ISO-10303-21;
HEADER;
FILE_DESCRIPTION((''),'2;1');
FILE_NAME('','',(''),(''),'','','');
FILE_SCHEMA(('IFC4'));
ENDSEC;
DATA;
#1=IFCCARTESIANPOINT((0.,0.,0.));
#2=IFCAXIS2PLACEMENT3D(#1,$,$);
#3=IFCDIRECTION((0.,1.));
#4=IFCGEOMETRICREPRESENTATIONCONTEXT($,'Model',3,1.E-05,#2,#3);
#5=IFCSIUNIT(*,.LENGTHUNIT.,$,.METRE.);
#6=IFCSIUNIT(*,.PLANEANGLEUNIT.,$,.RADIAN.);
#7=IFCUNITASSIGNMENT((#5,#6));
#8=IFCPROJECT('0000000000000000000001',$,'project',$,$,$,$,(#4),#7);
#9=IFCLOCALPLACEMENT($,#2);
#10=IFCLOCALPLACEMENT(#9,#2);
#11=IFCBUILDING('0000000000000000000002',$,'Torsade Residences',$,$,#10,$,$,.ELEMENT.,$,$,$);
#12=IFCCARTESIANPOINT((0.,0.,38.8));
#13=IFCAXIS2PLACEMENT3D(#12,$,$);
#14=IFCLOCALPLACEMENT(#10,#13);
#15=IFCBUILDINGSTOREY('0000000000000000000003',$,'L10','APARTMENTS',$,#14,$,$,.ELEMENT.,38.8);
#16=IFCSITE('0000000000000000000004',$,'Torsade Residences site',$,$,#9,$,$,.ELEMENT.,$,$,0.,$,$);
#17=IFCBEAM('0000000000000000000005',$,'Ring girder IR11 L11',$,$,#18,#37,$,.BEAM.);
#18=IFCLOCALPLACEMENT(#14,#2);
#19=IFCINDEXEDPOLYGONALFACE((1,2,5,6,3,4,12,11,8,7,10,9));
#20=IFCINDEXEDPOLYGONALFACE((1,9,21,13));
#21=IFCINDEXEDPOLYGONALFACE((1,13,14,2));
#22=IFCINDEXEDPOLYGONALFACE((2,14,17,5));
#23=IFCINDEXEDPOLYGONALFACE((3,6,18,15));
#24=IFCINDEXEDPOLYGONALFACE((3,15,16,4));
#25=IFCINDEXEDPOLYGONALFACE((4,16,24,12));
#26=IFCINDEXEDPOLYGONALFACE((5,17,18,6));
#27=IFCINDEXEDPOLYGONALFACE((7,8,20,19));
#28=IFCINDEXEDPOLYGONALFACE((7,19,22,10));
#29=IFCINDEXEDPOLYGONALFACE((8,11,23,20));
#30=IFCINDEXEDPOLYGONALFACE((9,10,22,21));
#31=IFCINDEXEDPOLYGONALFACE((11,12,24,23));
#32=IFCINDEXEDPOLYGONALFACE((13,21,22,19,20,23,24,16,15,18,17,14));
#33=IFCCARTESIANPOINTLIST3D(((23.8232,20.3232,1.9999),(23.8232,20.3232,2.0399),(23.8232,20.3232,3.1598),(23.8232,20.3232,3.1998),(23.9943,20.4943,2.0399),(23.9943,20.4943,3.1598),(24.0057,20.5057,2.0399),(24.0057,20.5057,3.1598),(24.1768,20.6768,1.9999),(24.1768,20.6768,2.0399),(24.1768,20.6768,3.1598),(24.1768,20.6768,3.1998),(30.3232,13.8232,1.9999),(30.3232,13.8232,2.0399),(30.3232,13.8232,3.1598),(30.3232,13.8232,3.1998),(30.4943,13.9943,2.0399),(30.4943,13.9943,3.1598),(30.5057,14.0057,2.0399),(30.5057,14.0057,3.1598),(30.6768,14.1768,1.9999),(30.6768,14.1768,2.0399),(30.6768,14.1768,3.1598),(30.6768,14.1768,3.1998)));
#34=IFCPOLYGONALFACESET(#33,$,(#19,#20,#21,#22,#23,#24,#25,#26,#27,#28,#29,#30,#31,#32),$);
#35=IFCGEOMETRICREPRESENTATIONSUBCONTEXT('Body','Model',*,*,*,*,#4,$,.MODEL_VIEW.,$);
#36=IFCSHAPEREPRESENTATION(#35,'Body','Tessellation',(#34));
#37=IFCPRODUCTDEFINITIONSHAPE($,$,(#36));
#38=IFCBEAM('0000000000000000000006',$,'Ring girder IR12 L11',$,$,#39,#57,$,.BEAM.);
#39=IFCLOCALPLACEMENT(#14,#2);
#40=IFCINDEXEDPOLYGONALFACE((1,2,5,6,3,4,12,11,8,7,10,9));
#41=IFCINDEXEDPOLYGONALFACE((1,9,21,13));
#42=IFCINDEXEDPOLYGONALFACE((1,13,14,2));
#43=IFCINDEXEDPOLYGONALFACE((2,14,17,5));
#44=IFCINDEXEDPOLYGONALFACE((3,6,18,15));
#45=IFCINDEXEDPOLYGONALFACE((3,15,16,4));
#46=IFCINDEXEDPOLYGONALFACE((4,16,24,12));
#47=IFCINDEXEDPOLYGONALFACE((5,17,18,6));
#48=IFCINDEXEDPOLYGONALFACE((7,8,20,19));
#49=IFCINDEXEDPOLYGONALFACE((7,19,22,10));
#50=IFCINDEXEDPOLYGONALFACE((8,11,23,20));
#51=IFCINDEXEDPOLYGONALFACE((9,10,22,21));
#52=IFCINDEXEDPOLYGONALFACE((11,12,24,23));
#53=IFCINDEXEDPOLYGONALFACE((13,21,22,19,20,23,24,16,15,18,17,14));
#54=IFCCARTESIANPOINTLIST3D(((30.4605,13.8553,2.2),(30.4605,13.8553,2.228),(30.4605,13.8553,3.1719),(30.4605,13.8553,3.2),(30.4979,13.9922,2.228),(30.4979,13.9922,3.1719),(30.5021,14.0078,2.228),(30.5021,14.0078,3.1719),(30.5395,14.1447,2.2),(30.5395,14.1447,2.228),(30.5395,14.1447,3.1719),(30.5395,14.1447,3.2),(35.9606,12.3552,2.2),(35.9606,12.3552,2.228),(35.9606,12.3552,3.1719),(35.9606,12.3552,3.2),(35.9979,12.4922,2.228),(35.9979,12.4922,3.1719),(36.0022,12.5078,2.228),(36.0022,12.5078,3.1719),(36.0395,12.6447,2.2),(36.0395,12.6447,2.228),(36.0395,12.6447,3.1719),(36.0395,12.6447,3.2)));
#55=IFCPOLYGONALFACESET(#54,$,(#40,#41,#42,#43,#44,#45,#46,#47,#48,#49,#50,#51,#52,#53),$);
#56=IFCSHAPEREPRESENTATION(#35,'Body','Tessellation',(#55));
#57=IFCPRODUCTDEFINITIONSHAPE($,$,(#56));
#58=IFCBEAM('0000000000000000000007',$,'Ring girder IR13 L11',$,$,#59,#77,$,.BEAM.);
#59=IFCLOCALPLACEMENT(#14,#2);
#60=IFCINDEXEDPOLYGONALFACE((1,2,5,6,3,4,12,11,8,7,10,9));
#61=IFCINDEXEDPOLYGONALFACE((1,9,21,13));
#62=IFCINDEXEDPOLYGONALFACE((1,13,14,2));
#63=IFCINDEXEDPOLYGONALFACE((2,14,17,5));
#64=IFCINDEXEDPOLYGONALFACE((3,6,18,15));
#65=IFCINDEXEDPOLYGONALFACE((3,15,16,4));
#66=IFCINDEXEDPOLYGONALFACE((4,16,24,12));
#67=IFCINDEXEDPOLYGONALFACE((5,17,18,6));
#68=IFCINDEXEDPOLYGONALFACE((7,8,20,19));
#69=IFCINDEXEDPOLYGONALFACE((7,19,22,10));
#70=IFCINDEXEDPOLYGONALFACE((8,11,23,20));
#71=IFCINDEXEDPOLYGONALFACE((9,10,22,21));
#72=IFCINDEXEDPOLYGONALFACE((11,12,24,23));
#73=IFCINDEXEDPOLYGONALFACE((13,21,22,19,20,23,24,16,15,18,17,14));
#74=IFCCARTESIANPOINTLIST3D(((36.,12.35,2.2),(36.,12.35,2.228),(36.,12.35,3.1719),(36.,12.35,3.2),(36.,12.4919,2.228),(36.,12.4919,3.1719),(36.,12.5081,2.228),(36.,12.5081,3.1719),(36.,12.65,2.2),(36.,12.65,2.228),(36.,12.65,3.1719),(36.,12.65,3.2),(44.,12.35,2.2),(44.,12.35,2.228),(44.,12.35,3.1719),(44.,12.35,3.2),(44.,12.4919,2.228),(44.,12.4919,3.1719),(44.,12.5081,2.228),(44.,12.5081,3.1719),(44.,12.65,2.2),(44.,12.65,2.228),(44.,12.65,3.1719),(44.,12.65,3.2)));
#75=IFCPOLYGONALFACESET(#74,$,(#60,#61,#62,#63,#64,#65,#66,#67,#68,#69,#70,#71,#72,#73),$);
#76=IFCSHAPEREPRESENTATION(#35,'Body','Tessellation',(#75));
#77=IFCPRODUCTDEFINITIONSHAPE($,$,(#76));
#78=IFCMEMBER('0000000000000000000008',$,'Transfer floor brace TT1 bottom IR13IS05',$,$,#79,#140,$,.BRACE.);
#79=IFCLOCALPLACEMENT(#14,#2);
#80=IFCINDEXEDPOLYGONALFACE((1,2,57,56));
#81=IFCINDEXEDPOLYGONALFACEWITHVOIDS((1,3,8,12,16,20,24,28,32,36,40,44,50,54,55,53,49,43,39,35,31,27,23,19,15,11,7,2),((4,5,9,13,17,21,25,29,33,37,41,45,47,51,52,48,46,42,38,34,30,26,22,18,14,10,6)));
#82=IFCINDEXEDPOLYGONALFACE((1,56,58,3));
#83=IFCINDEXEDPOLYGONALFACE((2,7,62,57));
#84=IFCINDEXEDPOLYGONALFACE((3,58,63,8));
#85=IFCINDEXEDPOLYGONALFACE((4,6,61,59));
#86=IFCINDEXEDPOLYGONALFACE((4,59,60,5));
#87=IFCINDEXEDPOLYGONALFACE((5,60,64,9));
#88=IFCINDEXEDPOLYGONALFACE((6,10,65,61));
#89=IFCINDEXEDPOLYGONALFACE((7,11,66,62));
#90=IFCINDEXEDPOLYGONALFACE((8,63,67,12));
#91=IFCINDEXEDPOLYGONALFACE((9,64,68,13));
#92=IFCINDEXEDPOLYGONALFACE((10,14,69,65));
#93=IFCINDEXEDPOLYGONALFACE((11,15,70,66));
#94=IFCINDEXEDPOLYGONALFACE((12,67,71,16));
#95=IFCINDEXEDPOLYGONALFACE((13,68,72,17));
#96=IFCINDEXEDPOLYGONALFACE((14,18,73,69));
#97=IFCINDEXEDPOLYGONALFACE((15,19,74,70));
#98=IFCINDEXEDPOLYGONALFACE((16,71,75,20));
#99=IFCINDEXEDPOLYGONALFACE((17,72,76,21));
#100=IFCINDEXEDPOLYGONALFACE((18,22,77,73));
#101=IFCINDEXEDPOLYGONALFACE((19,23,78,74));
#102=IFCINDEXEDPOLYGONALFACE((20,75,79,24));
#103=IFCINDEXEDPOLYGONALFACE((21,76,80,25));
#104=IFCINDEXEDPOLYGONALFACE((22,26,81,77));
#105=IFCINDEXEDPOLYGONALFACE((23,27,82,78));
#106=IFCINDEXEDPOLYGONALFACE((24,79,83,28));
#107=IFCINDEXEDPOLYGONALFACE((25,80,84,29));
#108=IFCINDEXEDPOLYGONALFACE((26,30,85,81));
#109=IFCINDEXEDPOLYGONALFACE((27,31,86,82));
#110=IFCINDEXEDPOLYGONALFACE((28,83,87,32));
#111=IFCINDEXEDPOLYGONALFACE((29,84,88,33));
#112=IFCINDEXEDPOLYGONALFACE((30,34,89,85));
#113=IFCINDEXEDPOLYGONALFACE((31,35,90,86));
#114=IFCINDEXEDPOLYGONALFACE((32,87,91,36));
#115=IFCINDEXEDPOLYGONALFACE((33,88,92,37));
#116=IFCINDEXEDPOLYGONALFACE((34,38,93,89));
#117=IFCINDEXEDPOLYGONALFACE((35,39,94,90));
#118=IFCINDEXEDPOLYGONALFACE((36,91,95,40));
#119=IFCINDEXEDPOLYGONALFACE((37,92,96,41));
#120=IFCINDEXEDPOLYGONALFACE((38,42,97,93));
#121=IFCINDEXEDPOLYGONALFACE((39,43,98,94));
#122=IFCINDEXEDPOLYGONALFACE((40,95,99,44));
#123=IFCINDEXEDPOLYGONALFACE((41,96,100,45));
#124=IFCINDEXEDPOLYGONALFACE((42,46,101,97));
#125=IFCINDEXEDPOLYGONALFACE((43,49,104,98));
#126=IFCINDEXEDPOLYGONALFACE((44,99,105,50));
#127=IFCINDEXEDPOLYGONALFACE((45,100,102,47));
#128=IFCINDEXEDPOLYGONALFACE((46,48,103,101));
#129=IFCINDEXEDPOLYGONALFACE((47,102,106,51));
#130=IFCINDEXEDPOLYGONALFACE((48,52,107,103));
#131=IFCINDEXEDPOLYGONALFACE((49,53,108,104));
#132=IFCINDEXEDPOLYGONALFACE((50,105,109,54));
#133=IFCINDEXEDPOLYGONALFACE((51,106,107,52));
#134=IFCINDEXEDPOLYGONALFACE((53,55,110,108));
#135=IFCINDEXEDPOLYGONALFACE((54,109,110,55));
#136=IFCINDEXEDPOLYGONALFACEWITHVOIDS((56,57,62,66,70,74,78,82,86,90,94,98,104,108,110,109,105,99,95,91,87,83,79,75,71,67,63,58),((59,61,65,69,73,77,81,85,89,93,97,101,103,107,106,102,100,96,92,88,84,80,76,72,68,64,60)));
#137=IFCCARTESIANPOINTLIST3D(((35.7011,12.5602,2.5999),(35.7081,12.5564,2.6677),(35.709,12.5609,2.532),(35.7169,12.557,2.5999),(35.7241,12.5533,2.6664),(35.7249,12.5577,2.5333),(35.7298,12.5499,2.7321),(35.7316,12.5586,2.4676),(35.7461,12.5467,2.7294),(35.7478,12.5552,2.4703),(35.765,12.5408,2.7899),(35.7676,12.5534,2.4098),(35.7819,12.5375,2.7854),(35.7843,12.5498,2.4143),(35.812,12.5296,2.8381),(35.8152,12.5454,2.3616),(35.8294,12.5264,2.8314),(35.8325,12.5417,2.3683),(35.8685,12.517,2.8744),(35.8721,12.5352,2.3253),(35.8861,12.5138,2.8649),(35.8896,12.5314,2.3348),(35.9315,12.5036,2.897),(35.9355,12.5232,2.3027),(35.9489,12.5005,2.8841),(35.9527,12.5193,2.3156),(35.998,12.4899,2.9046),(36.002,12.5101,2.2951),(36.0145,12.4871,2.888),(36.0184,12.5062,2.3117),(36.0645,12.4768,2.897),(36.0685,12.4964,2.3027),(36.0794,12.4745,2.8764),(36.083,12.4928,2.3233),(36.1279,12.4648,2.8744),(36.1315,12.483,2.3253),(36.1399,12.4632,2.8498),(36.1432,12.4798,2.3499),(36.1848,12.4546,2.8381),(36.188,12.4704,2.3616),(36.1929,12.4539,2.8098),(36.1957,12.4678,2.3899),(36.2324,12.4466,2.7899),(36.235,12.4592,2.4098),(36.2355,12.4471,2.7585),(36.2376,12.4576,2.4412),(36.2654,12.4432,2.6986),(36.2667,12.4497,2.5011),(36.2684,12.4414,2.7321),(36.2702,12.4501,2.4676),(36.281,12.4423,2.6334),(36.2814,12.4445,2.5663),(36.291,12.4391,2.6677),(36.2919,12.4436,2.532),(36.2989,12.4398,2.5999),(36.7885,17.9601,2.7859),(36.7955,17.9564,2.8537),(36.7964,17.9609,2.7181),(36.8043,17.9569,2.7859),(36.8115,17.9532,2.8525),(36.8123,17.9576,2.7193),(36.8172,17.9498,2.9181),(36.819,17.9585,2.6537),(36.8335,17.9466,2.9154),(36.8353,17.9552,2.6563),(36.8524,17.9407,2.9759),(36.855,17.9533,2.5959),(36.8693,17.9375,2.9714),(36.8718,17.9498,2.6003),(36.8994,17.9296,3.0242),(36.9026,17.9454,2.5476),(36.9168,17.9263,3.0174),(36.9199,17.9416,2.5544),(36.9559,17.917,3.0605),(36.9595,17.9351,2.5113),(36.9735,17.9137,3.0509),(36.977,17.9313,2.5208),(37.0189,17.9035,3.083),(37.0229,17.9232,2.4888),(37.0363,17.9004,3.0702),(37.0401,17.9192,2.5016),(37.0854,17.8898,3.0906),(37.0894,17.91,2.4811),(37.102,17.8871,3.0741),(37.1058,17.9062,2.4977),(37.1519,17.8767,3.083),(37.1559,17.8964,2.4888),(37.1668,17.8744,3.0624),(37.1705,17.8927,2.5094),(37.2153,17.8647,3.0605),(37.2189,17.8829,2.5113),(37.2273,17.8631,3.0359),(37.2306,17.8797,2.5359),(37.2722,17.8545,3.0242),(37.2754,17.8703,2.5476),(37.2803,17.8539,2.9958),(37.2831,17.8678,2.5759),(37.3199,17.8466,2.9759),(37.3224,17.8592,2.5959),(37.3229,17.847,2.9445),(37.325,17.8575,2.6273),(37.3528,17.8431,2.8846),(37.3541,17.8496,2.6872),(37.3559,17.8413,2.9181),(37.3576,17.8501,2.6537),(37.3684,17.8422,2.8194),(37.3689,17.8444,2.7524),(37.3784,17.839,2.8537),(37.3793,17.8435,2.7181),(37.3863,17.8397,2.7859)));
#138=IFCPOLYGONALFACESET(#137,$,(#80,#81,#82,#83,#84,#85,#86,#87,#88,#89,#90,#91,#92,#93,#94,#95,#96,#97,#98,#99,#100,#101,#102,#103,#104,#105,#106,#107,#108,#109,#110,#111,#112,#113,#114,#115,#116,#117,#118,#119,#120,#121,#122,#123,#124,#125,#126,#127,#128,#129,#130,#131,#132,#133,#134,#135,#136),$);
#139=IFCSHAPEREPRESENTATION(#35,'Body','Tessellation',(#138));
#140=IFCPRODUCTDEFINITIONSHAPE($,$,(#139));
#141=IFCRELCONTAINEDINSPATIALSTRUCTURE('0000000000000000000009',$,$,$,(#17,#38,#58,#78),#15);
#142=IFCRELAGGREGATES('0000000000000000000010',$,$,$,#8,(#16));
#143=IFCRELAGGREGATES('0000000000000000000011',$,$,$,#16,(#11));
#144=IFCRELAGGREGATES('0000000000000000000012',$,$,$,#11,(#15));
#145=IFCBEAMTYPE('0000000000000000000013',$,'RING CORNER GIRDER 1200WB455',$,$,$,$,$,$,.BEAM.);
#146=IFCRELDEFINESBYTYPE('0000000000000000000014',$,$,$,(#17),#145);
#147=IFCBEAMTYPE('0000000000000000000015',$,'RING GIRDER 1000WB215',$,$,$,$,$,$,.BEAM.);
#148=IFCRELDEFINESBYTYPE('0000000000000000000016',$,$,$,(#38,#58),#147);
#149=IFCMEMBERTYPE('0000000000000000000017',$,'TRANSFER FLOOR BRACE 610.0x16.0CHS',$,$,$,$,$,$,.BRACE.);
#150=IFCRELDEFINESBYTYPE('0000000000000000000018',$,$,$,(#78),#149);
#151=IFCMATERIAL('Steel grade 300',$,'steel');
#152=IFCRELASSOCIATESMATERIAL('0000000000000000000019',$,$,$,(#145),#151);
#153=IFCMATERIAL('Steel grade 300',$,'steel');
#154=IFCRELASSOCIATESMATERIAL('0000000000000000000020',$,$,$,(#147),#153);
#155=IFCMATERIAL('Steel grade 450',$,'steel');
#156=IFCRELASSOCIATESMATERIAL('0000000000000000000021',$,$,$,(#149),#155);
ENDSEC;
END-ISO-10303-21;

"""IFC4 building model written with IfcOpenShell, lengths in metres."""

from ifc_helpers import new_model, si_unit, direction, frame, origin, origin_2d, place, context, subcontext, project, spatial, hollow_circle, i_section, extrude, material, material_profile, profile_set, type_object, element, save


model = new_model("IFC4")

# Units and contexts
model_context = context("Model", 3, precision=1e-05, world=origin(), true_north=direction((0.0, 1.0)))
body_context = subcontext(model_context, "Body", "Model", "MODEL_VIEW")
ifc_project = project(units=[si_unit("LENGTHUNIT", "METRE"), si_unit("PLANEANGLEUNIT", "RADIAN")], contexts=[model_context])

# Site, building, storey
site_placement = place(None, origin())
site = spatial("IfcSite", under=ifc_project, at=site_placement, Name="Torsade Residences site", CompositionType="ELEMENT", RefElevation=0.0)
building_placement = place(site_placement, origin())
building = spatial("IfcBuilding", under=site, at=building_placement, Name="Torsade Residences", CompositionType="ELEMENT")
storey_placement = place(building_placement, frame((0.0, 0.0, 38.8)))
storey = spatial("IfcBuildingStorey", under=building, at=storey_placement, Name="L10", Description="APARTMENTS", CompositionType="ELEMENT", Elevation=38.8)

# Beams
ifc_material_1 = material(Name="Steel grade 300", Category="steel")
ifc_material_profile_1 = material_profile(ifc_material_1, i_section(OverallWidth=0.5, OverallDepth=1.2, WebThickness=0.0161, FlangeThickness=0.04, at=origin_2d()), Name="1200WB455")
ifc_profile_set_1 = profile_set([ifc_material_profile_1], Name="Steel grade 300")
beam_type_1 = type_object("IfcBeamType", Name="RING CORNER GIRDER 1200WB455", PredefinedType="BEAM", material=ifc_profile_set_1)
beam_1_placement = place(storey_placement, frame((24.0, 20.5, 2.5999), z_axis=(0.707107, -0.707107, 0.0), x_axis=(0.707107, 0.707107, 0.0)))
element("IfcBeam", 1, at=beam_1_placement, inside=storey, type_object=beam_type_1, Name="Ring girder IR11 L11", PredefinedType="BEAM", context=body_context, shape_type="SweptSolid", body=[
    extrude(i_section(OverallWidth=0.5, OverallDepth=1.2, WebThickness=0.0161, FlangeThickness=0.04, at=origin_2d()), origin(), (0.0, 0.0, 1.0), 9.1924),
])
ifc_material_2 = material(Name="Steel grade 300", Category="steel")
ifc_material_profile_2 = material_profile(ifc_material_2, i_section(OverallWidth=0.3, OverallDepth=1.0, WebThickness=0.0161, FlangeThickness=0.0281, at=origin_2d()), Name="1000WB215")
ifc_profile_set_2 = profile_set([ifc_material_profile_2], Name="Steel grade 300")
beam_type_2 = type_object("IfcBeamType", Name="RING GIRDER 1000WB215", PredefinedType="BEAM", material=ifc_profile_set_2)
beam_2_placement = place(storey_placement, frame((30.5, 14.0, 2.7), z_axis=(0.964764, -0.263117, 0.0), x_axis=(0.263117, 0.964764, 0.0)))
element("IfcBeam", 2, at=beam_2_placement, inside=storey, type_object=beam_type_2, Name="Ring girder IR12 L11", PredefinedType="BEAM", context=body_context, shape_type="SweptSolid", body=[
    extrude(i_section(OverallWidth=0.3, OverallDepth=1.0, WebThickness=0.0161, FlangeThickness=0.0281, at=origin_2d()), origin(), (0.0, 0.0, 1.0), 5.7009),
])
beam_3_placement = place(storey_placement, frame((36.0, 12.5, 2.7), z_axis=(1.0, 0.0, 0.0), x_axis=(0.0, 1.0, 0.0)))
element("IfcBeam", 3, at=beam_3_placement, inside=storey, type_object=beam_type_2, Name="Ring girder IR13 L11", PredefinedType="BEAM", context=body_context, shape_type="SweptSolid", body=[
    extrude(i_section(OverallWidth=0.3, OverallDepth=1.0, WebThickness=0.0161, FlangeThickness=0.0281, at=origin_2d()), origin(), (0.0, 0.0, 1.0), 8.0),
])

# Member
ifc_material_3 = material(Name="Steel grade 450", Category="steel")
ifc_material_profile_3 = material_profile(ifc_material_3, hollow_circle(Radius=0.3049, WallThickness=0.0161, at=origin_2d()), Name="610.0x16.0CHS")
ifc_profile_set_3 = profile_set([ifc_material_profile_3], Name="Steel grade 450")
member_type = type_object("IfcMemberType", Name="TRANSFER FLOOR BRACE 610.0x16.0CHS", PredefinedType="BRACE", material=ifc_profile_set_3)
member_1_placement = place(storey_placement, frame((36.0, 12.5, 2.5999), z_axis=(0.197299, 0.979762, 0.033754), x_axis=(-0.980321, 0.197412, 0.0)))
element("IfcMember", 4, at=member_1_placement, inside=storey, type_object=member_type, Name="Transfer floor brace TT1 bottom IR13IS05", PredefinedType="BRACE", context=body_context, shape_type="SweptSolid", body=[
    extrude(hollow_circle(Radius=0.3049, WallThickness=0.0161, at=origin_2d()), origin(), (0.0, 0.0, 1.0), 5.5115),
])

save(model, "model.ifc")
